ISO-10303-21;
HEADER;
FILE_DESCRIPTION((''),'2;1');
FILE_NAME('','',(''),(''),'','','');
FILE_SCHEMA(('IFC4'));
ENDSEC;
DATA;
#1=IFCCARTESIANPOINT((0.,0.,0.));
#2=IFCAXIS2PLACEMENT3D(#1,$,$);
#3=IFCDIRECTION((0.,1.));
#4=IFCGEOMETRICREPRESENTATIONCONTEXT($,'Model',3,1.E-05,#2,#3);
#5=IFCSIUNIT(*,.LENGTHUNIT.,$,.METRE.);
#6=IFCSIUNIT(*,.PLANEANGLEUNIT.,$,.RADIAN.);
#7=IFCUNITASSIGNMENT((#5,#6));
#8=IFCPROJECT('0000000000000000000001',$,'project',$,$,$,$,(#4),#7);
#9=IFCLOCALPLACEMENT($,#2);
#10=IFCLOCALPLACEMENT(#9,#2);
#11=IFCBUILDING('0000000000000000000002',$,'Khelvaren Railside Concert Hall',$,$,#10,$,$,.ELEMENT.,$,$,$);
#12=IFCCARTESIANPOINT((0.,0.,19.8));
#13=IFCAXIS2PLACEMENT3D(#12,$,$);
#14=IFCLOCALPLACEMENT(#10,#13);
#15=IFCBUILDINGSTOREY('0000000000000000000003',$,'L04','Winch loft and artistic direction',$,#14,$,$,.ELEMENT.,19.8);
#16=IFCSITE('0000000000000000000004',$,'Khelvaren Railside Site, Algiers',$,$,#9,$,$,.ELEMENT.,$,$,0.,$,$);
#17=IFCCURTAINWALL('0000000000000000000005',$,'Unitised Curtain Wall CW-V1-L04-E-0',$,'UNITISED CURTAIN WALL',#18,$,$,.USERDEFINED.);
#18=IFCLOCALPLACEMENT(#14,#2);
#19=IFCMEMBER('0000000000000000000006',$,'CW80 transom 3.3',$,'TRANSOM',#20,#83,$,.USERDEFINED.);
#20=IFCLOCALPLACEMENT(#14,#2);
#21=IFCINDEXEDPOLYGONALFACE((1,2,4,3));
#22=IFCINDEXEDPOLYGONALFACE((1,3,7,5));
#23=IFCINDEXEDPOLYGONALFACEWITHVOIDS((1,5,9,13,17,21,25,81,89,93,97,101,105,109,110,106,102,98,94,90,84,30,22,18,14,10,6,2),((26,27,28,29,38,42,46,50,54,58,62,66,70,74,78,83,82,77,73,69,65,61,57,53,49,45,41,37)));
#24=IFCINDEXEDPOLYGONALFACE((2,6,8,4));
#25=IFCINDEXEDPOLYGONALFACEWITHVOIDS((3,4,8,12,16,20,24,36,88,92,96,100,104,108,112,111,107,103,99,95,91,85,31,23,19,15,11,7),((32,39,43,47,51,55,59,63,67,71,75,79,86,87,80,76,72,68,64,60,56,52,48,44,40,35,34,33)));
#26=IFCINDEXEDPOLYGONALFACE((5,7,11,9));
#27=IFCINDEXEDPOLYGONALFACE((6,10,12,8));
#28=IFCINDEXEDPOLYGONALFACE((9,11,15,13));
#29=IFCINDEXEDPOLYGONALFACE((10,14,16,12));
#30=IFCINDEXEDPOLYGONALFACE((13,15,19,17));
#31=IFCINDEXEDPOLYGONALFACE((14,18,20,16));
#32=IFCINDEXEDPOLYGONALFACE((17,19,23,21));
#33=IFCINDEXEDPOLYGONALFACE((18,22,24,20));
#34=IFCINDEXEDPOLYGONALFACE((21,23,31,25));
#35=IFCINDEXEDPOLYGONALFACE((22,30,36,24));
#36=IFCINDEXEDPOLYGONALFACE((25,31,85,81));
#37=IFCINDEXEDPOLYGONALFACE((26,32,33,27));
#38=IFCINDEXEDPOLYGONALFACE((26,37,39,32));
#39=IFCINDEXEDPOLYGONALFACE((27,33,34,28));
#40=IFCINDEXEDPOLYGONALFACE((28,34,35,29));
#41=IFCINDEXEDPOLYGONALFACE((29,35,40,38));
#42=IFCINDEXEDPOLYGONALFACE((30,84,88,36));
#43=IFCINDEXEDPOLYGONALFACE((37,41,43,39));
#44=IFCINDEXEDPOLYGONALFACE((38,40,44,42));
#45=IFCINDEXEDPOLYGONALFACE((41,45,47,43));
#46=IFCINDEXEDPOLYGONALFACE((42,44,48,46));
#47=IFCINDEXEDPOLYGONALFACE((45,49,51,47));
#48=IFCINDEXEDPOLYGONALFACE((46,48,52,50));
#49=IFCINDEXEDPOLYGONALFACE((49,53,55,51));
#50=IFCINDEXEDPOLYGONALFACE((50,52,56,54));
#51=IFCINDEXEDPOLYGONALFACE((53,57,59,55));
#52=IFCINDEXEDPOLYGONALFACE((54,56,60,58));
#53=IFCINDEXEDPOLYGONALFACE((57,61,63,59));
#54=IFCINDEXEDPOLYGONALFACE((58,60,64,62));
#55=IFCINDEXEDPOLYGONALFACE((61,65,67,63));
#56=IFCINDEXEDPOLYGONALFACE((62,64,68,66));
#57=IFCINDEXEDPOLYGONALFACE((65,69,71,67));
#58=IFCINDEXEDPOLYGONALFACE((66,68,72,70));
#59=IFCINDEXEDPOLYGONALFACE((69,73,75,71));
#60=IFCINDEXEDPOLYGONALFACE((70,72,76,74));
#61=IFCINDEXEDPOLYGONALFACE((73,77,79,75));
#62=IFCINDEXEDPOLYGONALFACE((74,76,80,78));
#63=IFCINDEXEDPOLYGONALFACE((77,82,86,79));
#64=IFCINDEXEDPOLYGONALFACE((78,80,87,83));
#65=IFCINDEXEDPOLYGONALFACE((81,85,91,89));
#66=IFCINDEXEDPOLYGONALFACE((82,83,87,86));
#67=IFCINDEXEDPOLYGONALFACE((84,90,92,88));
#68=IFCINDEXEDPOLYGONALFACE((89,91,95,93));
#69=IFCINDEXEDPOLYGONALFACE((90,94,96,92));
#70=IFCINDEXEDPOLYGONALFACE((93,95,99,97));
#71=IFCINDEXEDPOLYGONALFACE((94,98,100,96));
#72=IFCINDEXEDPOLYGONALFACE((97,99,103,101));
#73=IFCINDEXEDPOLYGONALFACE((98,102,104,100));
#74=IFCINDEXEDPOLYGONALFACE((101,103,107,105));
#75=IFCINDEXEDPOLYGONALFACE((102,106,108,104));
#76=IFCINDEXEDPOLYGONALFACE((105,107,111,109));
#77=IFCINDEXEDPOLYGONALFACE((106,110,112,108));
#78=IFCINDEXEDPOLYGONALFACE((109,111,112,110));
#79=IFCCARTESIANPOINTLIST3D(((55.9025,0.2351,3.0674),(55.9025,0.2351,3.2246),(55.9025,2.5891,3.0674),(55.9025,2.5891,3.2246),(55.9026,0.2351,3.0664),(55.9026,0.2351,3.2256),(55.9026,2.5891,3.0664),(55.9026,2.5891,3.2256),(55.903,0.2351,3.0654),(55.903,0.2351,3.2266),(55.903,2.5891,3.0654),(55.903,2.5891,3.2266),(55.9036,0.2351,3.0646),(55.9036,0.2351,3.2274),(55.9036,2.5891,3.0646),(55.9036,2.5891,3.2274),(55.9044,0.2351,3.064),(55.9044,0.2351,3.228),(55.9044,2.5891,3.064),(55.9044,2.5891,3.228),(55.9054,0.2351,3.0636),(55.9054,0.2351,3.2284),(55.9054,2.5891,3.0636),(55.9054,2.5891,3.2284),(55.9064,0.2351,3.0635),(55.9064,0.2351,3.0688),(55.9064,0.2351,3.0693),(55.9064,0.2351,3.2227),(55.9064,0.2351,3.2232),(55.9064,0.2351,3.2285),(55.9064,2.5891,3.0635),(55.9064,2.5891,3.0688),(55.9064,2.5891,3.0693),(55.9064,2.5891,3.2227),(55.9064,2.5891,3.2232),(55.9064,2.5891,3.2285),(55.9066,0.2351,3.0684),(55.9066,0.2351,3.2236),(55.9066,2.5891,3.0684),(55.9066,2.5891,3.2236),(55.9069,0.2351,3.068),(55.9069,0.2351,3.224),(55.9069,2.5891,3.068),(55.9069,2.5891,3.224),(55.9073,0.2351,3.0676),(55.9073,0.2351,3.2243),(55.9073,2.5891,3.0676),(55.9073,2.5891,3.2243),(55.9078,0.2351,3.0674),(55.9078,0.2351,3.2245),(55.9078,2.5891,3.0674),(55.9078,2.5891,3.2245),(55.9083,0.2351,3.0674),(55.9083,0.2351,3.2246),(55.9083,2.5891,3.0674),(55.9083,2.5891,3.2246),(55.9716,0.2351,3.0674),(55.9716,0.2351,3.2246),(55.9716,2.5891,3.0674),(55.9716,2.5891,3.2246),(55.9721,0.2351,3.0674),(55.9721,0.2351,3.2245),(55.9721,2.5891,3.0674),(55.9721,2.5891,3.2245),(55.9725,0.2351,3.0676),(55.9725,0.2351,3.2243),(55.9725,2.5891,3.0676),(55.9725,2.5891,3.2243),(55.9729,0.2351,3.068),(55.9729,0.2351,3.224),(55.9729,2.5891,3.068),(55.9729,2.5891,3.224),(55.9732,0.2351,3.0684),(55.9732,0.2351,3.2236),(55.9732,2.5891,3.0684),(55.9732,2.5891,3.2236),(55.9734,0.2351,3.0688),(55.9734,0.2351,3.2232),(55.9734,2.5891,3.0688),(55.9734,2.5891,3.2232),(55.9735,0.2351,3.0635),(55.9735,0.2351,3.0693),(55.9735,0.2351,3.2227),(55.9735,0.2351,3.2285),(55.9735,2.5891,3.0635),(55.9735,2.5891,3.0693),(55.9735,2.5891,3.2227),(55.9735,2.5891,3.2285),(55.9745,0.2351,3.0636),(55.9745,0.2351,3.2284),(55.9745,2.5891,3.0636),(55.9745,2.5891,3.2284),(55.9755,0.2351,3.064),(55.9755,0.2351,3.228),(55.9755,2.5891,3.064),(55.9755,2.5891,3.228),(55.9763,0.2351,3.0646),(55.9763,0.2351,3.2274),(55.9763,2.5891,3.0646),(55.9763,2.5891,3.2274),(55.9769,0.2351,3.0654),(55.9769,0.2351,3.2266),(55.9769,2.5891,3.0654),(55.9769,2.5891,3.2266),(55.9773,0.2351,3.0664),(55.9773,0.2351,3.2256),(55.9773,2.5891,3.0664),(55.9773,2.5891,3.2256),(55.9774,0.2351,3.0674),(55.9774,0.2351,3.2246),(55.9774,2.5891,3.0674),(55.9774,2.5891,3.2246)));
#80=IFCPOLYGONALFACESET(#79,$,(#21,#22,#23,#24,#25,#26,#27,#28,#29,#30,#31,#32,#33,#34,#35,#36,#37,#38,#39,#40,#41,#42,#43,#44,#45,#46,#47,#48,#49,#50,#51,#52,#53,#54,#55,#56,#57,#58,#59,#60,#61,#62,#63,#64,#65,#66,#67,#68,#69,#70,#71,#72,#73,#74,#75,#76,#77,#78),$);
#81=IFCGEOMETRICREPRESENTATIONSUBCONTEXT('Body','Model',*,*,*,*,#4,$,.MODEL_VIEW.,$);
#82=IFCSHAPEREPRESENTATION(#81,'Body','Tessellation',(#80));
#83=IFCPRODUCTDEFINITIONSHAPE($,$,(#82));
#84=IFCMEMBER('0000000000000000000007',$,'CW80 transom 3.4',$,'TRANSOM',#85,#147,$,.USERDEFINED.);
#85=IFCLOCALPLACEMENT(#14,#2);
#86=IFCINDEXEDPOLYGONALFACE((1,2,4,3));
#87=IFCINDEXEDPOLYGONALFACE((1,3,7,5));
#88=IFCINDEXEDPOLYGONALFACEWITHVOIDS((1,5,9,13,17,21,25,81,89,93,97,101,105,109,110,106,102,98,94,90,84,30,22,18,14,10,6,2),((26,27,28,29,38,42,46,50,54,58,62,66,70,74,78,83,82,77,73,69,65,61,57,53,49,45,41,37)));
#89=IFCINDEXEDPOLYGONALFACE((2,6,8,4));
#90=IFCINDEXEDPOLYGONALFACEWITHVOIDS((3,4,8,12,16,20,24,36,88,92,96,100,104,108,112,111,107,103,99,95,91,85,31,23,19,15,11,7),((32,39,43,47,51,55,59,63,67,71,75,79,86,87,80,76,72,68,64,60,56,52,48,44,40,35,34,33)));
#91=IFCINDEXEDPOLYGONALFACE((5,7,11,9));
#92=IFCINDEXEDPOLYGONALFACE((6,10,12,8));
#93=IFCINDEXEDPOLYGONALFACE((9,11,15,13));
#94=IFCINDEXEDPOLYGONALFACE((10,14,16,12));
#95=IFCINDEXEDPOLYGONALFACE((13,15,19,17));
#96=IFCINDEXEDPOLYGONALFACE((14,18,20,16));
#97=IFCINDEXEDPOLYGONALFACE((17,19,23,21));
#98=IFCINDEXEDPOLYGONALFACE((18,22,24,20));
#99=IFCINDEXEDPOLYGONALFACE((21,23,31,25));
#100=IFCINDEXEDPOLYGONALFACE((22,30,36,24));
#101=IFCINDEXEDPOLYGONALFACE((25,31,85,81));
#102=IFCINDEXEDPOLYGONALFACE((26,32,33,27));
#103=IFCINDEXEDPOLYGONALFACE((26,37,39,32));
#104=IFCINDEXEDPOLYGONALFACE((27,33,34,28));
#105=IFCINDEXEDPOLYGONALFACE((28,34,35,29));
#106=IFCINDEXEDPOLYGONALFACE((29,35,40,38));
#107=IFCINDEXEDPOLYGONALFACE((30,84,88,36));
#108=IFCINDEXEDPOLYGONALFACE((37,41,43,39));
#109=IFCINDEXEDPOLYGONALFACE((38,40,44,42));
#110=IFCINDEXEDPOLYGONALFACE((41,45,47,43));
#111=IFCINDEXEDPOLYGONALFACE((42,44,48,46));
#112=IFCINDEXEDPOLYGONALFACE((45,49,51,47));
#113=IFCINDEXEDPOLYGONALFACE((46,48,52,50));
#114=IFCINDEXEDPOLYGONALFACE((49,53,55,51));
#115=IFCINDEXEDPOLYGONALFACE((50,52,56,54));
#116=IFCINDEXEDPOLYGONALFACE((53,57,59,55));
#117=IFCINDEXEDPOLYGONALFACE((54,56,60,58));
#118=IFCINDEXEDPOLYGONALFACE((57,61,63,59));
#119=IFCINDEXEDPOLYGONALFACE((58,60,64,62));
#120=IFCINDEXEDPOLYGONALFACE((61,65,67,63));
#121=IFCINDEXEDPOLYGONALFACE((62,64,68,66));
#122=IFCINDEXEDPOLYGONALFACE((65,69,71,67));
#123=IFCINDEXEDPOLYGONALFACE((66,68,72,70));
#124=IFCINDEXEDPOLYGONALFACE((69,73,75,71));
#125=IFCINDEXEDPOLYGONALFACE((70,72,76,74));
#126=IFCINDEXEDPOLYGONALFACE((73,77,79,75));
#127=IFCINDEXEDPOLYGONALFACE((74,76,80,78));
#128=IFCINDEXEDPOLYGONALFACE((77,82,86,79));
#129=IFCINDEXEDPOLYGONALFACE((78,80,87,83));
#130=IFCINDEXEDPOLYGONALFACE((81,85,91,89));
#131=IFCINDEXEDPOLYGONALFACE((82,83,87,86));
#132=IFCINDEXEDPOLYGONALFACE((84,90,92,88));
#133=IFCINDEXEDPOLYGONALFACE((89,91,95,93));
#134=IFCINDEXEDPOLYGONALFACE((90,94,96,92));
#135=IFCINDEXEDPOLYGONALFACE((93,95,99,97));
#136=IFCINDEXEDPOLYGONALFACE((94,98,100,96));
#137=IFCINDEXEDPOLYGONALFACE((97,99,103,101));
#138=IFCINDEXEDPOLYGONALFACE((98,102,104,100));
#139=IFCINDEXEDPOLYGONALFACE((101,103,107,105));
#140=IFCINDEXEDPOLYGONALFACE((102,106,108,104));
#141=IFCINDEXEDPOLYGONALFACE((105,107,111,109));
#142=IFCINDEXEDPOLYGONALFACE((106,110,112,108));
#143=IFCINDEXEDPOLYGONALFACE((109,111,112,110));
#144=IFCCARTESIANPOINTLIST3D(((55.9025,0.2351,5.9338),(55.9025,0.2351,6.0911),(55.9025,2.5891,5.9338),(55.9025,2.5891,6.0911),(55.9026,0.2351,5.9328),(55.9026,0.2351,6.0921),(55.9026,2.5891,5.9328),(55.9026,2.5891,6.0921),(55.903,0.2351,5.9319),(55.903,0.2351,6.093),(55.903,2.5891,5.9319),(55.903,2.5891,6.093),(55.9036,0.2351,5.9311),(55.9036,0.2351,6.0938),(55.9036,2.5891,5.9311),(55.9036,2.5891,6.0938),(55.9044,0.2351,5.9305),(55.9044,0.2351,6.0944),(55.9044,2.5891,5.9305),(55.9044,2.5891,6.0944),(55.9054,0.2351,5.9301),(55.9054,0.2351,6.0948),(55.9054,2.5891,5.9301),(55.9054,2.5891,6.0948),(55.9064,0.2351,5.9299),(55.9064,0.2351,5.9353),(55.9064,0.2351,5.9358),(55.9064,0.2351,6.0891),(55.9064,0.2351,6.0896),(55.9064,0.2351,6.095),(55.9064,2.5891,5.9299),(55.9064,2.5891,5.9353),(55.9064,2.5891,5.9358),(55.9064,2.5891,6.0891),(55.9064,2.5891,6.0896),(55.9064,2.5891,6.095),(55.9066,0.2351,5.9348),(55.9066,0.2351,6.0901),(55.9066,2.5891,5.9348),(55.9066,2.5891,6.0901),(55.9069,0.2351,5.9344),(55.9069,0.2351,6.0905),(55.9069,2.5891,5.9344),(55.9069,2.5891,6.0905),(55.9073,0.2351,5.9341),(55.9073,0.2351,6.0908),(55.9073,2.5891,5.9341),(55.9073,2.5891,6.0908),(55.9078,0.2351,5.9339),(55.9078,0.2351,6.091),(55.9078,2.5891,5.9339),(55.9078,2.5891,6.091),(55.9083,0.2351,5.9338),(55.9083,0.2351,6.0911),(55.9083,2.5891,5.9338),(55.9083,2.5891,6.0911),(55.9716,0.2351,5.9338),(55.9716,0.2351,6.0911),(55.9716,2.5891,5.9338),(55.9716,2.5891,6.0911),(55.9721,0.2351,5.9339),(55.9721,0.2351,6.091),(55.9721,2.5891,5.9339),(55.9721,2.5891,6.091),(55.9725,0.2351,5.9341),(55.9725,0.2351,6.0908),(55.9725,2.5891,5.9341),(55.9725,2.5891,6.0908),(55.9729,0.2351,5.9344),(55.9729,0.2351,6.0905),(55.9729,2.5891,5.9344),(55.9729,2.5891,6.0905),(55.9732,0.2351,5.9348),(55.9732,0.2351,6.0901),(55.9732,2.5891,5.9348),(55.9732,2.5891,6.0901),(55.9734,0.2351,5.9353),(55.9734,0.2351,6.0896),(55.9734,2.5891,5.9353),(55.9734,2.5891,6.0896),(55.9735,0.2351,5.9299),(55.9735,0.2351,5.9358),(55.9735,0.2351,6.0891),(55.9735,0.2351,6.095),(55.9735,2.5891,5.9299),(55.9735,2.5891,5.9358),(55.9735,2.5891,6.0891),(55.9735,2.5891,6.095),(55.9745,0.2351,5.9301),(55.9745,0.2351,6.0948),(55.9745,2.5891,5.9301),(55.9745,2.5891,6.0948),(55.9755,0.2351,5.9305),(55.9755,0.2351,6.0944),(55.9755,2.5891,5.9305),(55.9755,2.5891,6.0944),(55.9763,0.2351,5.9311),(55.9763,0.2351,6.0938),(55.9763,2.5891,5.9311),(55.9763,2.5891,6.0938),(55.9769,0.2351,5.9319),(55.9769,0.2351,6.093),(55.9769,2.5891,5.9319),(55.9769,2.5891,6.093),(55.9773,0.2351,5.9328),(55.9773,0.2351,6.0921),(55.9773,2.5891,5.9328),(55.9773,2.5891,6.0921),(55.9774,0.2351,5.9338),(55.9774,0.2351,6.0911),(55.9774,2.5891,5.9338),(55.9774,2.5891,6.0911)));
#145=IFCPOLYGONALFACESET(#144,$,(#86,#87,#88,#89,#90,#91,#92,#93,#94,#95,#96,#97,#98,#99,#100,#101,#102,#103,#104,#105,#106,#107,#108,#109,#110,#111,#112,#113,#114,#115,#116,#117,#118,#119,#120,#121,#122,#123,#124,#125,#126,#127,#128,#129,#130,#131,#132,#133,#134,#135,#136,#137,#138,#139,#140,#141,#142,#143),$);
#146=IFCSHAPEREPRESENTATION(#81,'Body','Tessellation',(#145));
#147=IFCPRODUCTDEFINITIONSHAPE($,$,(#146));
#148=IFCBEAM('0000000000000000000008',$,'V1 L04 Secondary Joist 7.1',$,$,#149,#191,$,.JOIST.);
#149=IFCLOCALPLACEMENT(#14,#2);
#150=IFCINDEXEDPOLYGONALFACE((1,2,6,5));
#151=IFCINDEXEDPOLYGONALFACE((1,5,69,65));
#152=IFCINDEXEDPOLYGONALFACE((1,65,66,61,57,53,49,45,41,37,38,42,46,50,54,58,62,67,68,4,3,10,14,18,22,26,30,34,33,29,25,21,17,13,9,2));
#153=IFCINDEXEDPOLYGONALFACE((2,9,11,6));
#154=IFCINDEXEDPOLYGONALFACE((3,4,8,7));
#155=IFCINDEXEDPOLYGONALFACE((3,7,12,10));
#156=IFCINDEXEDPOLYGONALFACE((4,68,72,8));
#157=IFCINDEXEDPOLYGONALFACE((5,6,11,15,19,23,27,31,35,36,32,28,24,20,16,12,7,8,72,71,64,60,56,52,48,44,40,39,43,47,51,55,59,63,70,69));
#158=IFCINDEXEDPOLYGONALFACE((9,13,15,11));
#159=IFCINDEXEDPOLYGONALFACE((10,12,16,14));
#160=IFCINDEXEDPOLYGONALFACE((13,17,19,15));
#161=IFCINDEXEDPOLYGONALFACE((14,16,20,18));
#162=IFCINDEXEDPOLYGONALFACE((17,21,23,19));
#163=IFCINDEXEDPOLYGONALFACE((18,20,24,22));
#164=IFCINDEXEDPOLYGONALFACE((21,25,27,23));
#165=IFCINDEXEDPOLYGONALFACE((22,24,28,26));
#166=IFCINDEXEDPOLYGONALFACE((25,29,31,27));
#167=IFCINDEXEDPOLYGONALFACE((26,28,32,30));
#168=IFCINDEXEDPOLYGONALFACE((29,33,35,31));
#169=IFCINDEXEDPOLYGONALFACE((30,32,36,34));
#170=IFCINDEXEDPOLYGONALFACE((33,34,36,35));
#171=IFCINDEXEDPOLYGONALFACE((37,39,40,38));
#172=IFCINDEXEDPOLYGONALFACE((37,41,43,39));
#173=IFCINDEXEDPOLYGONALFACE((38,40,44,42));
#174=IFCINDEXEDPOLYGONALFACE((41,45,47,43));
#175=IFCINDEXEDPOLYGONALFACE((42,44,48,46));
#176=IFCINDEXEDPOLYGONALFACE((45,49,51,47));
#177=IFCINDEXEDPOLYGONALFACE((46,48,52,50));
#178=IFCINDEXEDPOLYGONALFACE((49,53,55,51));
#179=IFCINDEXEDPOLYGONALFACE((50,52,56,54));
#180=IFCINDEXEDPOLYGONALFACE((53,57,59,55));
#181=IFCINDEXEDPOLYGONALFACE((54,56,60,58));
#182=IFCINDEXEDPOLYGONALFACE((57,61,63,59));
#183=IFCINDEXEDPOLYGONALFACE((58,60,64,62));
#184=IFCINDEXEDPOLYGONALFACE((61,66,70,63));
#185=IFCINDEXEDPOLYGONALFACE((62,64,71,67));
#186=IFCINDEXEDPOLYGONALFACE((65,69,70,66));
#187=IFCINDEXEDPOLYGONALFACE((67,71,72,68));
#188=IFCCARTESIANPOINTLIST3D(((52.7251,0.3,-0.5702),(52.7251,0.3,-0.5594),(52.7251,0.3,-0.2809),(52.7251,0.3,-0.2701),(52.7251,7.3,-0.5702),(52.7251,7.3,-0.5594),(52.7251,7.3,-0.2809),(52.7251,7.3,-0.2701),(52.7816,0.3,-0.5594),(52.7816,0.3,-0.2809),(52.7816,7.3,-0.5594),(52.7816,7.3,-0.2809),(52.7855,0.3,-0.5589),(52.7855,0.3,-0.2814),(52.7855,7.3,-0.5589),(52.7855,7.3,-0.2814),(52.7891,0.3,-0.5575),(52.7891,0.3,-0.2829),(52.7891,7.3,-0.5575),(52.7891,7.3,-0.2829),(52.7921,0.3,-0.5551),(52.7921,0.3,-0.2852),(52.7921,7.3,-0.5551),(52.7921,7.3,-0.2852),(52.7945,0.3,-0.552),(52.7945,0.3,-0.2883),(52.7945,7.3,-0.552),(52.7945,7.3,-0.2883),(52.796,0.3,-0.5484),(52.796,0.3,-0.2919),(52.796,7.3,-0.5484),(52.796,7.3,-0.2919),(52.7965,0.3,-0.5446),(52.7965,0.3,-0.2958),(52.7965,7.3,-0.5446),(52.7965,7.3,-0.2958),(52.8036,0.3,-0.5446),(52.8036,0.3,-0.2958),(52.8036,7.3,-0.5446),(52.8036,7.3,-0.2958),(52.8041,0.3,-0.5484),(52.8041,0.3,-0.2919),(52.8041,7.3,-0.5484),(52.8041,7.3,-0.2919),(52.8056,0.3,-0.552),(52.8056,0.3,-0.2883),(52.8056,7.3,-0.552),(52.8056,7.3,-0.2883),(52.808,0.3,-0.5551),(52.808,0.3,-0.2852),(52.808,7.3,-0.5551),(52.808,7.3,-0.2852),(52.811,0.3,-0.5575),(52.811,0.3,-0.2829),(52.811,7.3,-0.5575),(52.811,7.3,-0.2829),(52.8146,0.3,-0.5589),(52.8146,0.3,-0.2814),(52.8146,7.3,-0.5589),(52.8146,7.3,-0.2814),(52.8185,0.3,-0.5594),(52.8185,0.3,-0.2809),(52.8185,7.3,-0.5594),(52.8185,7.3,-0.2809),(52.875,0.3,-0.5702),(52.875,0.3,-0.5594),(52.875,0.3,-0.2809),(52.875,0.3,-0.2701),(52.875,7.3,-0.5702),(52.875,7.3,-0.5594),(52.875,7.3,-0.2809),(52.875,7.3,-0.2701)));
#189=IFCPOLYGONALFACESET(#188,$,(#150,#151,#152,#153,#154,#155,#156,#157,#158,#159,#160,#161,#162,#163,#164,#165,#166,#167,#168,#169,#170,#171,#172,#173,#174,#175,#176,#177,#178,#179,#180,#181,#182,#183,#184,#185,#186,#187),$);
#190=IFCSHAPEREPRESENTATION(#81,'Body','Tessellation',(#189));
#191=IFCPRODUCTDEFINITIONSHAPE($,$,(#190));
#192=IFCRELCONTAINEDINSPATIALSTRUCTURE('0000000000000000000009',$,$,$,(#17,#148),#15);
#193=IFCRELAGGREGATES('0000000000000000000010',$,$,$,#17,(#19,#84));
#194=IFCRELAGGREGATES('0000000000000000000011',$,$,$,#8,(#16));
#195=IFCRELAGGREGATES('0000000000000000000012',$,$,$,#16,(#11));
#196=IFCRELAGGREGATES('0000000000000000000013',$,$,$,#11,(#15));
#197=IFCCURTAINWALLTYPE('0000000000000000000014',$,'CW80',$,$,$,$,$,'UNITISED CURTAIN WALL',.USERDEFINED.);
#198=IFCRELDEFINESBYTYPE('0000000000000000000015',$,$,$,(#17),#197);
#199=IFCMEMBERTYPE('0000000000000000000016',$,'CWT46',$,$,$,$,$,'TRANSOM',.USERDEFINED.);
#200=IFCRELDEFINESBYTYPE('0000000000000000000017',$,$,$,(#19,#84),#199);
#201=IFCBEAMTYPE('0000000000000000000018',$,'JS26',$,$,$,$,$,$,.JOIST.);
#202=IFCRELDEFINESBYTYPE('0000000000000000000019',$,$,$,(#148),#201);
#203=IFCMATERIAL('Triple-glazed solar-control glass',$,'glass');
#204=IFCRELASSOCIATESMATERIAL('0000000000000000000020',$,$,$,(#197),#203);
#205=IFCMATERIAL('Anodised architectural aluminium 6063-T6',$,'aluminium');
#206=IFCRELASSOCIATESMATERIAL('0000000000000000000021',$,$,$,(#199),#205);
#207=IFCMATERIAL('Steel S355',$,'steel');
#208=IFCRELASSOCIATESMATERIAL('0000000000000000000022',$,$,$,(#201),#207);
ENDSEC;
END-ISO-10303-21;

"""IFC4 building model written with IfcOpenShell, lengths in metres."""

from ifc_helpers import new_model, si_unit, direction, frame, origin, origin_2d, place, context, subcontext, project, spatial, hollow_rectangle, i_section, extrude, material, material_profile, profile_set, type_object, element, aggregate, save


model = new_model("IFC4")

# Units and contexts
model_context = context("Model", 3, precision=1e-05, world=origin(), true_north=direction((0.0, 1.0)))
body_context = subcontext(model_context, "Body", "Model", "MODEL_VIEW")
ifc_project = project(units=[si_unit("LENGTHUNIT", "METRE"), si_unit("PLANEANGLEUNIT", "RADIAN")], contexts=[model_context])

# Site, building, storey
site_placement = place(None, origin())
site = spatial("IfcSite", under=ifc_project, at=site_placement, Name="Khelvaren Railside Site, Algiers", CompositionType="ELEMENT", RefElevation=0.0)
building_placement = place(site_placement, origin())
building = spatial("IfcBuilding", under=site, at=building_placement, Name="Khelvaren Railside Concert Hall", CompositionType="ELEMENT")
storey_placement = place(building_placement, frame((0.0, 0.0, 19.8)))
storey = spatial("IfcBuildingStorey", under=building, at=storey_placement, Name="L04", Description="Winch loft and artistic direction", CompositionType="ELEMENT", Elevation=19.8)

# Shared definitions
ifc_material_1 = material(Name="Steel S355", Category="steel")

# Curtain wall, members
ifc_material_2 = material(Name="Triple-glazed solar-control glass", Category="glass")
curtain_wall_type = type_object("IfcCurtainWallType", Name="CW80", ElementType="UNITISED CURTAIN WALL", PredefinedType="USERDEFINED", material=ifc_material_2)
curtain_wall_placement = place(storey_placement, origin())
curtain_wall = element("IfcCurtainWall", 1, at=curtain_wall_placement, inside=storey, type_object=curtain_wall_type, Name="Unitised Curtain Wall CW-V1-L04-E-0", ObjectType="UNITISED CURTAIN WALL", PredefinedType="USERDEFINED")
ifc_material_3 = material(Name="Anodised architectural aluminium 6063-T6", Category="aluminium")
ifc_material_profile_1 = material_profile(ifc_material_3, hollow_rectangle(XDim=0.075, YDim=0.165, WallThickness=0.0039, InnerFilletRadius=0.002, OuterFilletRadius=0.0039, at=origin_2d()), Name="CWT 75x165x4")
ifc_profile_set_1 = profile_set([ifc_material_profile_1], Name="Anodised architectural aluminium 6063-T6")
member_type_1 = type_object("IfcMemberType", Name="CWT46", ElementType="TRANSOM", PredefinedType="USERDEFINED", material=ifc_profile_set_1)
member_1_placement = place(storey_placement, frame((55.9399, 2.5891, 3.146), z_axis=(0.0, -1.0, 0.0), x_axis=(1.0, 0.0, 0.0)))
member_1 = element("IfcMember", 2, at=member_1_placement, type_object=member_type_1, Name="CW80 transom 3.3", ObjectType="TRANSOM", PredefinedType="USERDEFINED", context=body_context, shape_type="SweptSolid", body=[
    extrude(hollow_rectangle(XDim=0.075, YDim=0.165, WallThickness=0.0039, InnerFilletRadius=0.002, OuterFilletRadius=0.0039, at=origin_2d()), origin(), (0.0, 0.0, 1.0), 2.354),
])
member_2_placement = place(storey_placement, frame((55.9399, 2.5891, 6.0125), z_axis=(0.0, -1.0, 0.0), x_axis=(1.0, 0.0, 0.0)))
member_2 = element("IfcMember", 3, at=member_2_placement, type_object=member_type_1, Name="CW80 transom 3.4", ObjectType="TRANSOM", PredefinedType="USERDEFINED", context=body_context, shape_type="SweptSolid", body=[
    extrude(hollow_rectangle(XDim=0.075, YDim=0.165, WallThickness=0.0039, InnerFilletRadius=0.002, OuterFilletRadius=0.0039, at=origin_2d()), origin(), (0.0, 0.0, 1.0), 2.354),
])

# Beam
ifc_material_profile_2 = material_profile(ifc_material_1, i_section(OverallWidth=0.1499, OverallDepth=0.3, WebThickness=0.0071, FlangeThickness=0.0107, FilletRadius=0.0149, at=origin_2d()), Name="IPE 300")
ifc_profile_set_2 = profile_set([ifc_material_profile_2], Name="Steel S355")
beam_type_1 = type_object("IfcBeamType", Name="JS26", PredefinedType="JOIST", material=ifc_profile_set_2)
beam_1_placement = place(storey_placement, frame((52.8, 0.3, -0.4202), z_axis=(0.0, 1.0, 0.0), x_axis=(-1.0, 0.0, 0.0)))
element("IfcBeam", 4, at=beam_1_placement, inside=storey, type_object=beam_type_1, Name="V1 L04 Secondary Joist 7.1", PredefinedType="JOIST", context=body_context, shape_type="SweptSolid", body=[
    extrude(i_section(OverallWidth=0.1499, OverallDepth=0.3, WebThickness=0.0071, FlangeThickness=0.0107, FilletRadius=0.0149, at=origin_2d()), origin(), (0.0, 0.0, 1.0), 7.0),
])

aggregate(curtain_wall, [member_1, member_2])

save(model, "model.ifc")
